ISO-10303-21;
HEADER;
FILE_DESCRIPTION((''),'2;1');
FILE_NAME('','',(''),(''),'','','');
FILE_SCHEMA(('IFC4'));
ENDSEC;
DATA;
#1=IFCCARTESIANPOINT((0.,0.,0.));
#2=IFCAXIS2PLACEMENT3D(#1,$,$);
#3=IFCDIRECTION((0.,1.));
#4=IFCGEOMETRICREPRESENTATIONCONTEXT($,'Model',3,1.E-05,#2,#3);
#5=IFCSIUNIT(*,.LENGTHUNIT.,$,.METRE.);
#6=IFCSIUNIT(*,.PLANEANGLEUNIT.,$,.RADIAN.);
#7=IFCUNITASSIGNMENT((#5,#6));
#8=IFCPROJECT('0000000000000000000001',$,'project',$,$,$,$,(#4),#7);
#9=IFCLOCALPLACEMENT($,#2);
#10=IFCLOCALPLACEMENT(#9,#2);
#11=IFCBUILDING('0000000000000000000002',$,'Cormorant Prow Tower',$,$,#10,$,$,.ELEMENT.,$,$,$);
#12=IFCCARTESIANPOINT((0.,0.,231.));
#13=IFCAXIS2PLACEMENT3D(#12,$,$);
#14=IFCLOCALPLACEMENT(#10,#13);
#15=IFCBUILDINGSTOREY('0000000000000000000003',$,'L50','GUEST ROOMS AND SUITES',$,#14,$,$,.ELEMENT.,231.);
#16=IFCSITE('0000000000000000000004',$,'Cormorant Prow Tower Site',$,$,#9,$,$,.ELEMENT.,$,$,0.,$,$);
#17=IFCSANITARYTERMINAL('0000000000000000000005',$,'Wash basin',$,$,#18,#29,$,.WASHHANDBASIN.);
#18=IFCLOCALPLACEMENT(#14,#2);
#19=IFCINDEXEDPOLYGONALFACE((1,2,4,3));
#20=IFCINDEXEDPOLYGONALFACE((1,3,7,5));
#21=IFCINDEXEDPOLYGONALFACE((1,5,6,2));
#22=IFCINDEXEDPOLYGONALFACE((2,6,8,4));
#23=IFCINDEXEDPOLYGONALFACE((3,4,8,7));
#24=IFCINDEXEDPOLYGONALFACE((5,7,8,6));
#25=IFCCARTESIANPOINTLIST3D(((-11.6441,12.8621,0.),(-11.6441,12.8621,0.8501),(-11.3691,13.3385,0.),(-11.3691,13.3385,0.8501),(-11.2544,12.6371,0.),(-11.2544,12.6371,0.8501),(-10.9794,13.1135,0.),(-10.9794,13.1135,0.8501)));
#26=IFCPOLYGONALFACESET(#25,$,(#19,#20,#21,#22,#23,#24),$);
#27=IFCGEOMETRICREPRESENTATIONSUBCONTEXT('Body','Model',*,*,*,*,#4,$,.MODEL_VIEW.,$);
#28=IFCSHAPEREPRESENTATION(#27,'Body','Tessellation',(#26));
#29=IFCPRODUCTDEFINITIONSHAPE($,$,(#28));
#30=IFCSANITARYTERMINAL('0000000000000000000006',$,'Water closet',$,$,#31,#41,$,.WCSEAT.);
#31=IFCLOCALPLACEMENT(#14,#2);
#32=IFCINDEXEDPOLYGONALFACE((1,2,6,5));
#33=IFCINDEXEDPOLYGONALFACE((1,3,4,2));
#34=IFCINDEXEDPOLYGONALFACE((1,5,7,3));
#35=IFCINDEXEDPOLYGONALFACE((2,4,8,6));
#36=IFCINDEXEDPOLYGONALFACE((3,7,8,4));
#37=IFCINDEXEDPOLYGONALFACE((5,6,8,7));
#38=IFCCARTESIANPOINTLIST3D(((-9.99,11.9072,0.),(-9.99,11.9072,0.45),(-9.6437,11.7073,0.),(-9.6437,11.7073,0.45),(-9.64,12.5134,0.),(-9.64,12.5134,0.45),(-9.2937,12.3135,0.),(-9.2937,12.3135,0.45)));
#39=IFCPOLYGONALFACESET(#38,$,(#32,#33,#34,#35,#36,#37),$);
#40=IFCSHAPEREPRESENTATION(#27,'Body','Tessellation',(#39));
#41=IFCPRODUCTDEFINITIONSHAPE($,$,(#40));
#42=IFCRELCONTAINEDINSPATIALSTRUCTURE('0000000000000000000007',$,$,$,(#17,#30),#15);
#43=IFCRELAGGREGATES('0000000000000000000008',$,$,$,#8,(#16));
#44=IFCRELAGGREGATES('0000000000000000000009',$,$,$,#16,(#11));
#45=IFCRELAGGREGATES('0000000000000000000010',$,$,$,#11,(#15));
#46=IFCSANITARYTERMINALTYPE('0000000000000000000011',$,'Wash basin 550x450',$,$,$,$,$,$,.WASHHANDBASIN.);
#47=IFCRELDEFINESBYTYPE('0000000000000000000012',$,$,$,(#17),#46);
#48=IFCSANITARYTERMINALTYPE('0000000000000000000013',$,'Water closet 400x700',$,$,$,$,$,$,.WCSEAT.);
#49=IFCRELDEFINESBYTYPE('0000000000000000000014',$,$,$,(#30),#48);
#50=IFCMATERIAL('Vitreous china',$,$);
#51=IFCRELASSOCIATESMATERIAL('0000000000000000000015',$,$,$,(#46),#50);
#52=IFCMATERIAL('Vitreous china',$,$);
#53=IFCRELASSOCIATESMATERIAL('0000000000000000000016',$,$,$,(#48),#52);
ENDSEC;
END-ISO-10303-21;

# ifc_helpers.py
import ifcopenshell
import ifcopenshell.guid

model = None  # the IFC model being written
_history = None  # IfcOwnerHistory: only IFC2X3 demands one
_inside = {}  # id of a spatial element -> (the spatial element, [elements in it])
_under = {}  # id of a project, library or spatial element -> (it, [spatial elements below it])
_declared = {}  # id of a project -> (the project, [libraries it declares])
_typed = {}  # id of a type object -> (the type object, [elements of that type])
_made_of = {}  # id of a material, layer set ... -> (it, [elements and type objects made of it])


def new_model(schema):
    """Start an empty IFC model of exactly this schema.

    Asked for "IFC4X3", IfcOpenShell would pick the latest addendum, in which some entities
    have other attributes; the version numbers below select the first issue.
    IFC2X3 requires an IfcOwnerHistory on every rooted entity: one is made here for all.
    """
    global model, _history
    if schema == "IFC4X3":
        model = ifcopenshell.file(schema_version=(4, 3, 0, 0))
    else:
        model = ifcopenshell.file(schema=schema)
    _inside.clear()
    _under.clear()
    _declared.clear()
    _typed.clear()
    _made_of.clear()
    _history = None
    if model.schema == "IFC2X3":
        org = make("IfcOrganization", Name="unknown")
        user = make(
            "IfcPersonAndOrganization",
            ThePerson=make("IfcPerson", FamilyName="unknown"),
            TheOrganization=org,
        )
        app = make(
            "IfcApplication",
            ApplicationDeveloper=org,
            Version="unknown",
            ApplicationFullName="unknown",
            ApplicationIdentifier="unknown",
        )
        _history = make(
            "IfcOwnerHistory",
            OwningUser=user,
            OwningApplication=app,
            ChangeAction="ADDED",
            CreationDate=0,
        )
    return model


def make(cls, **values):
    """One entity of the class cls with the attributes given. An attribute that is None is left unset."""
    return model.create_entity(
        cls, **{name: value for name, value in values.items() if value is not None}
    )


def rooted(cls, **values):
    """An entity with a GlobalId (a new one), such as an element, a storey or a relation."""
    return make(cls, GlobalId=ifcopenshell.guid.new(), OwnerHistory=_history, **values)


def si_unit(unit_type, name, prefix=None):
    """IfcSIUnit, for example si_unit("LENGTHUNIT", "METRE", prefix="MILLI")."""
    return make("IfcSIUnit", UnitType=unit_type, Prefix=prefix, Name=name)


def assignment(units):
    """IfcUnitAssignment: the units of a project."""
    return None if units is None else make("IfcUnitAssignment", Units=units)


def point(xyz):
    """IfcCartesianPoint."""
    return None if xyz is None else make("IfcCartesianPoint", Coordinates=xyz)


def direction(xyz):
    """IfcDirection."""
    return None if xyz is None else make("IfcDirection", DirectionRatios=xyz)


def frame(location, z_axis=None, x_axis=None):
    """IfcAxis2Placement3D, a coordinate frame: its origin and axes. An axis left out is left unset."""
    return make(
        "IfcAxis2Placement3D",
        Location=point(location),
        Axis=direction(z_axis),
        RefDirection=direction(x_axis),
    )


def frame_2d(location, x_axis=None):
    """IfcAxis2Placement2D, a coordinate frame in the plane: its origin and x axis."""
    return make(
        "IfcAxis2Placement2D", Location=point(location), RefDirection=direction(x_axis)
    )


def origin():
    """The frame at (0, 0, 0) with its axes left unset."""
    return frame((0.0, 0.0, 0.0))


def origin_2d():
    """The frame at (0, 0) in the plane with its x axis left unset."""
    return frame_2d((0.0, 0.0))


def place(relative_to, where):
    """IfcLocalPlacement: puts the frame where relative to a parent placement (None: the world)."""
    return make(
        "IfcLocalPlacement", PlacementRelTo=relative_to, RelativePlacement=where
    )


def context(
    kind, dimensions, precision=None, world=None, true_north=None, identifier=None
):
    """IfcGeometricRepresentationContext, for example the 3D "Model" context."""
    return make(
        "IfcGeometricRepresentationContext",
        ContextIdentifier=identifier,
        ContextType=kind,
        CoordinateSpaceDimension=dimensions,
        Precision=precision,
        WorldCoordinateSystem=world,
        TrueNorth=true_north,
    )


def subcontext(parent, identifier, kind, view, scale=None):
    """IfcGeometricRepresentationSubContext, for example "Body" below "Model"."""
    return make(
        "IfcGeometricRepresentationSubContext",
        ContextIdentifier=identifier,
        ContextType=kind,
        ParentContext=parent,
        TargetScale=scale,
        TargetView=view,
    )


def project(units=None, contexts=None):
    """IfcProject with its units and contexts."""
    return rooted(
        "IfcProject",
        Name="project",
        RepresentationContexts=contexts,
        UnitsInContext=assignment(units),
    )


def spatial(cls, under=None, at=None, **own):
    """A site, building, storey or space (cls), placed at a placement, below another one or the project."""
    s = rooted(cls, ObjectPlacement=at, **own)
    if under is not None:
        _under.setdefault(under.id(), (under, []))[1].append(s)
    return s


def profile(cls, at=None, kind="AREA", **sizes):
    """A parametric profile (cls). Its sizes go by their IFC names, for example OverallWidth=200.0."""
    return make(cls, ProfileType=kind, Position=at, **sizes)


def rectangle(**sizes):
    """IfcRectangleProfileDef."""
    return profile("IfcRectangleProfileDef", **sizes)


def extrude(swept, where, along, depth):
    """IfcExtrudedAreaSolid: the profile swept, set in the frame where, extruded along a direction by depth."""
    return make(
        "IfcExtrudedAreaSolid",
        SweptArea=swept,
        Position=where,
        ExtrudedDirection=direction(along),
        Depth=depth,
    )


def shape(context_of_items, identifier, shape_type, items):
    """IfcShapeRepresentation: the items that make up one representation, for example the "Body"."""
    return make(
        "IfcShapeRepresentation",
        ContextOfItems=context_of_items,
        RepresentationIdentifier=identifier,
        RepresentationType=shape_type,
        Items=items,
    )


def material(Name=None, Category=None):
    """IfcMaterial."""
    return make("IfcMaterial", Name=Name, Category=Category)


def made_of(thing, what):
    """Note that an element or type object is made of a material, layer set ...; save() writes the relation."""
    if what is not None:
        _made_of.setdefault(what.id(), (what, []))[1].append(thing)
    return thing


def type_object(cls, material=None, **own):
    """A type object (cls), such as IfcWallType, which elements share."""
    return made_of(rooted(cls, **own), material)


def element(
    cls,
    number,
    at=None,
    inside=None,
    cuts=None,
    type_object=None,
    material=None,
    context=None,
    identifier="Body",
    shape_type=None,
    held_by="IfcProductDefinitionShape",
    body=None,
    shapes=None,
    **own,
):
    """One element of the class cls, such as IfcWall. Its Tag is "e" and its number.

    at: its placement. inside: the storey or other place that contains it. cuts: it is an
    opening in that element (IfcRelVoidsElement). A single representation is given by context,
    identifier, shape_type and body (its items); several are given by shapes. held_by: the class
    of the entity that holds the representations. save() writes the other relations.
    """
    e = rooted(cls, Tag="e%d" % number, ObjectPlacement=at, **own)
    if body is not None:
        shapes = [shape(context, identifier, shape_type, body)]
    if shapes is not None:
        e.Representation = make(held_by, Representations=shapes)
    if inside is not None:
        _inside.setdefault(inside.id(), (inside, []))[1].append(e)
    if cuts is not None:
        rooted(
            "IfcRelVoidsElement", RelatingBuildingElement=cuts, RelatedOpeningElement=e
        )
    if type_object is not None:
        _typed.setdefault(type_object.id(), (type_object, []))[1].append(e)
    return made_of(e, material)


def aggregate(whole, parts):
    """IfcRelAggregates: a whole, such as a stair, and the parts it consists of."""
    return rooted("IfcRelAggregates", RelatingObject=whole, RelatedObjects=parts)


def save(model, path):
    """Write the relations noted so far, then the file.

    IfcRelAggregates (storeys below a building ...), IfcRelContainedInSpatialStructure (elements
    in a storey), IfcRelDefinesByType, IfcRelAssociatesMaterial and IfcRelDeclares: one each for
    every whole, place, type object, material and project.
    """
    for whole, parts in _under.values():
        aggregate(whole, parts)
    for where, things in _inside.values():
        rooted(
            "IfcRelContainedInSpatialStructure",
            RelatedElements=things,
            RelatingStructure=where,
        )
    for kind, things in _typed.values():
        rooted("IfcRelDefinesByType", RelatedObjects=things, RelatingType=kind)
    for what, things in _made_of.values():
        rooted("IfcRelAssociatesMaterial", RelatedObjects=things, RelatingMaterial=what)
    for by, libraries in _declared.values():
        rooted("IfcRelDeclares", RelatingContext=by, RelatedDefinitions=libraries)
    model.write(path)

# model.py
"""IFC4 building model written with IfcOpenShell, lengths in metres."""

from ifc_helpers import new_model, si_unit, direction, frame, origin, origin_2d, place, context, subcontext, project, spatial, rectangle, extrude, material, type_object, element, save


model = new_model("IFC4")

# Units and contexts
model_context = context("Model", 3, precision=1e-05, world=origin(), true_north=direction((0.0, 1.0)))
body_context = subcontext(model_context, "Body", "Model", "MODEL_VIEW")
ifc_project = project(units=[si_unit("LENGTHUNIT", "METRE"), si_unit("PLANEANGLEUNIT", "RADIAN")], contexts=[model_context])

# Site, building, storey
site_placement = place(None, origin())
site = spatial("IfcSite", under=ifc_project, at=site_placement, Name="Cormorant Prow Tower Site", CompositionType="ELEMENT", RefElevation=0.0)
building_placement = place(site_placement, origin())
building = spatial("IfcBuilding", under=site, at=building_placement, Name="Cormorant Prow Tower", CompositionType="ELEMENT")
storey_placement = place(building_placement, frame((0.0, 0.0, 231.0)))
storey = spatial("IfcBuildingStorey", under=building, at=storey_placement, Name="L50", Description="GUEST ROOMS AND SUITES", CompositionType="ELEMENT", Elevation=231.0)

# Sanitary terminals
ifc_material_1 = material(Name="Vitreous china")
sanitary_terminal_type_1 = type_object("IfcSanitaryTerminalType", Name="Wash basin 550x450", PredefinedType="WASHHANDBASIN", material=ifc_material_1)
sanitary_terminal_1_placement = place(storey_placement, frame((-11.3118, 12.9878, 0.0), z_axis=(0.0, 0.0, 1.0), x_axis=(0.5, 0.866025, 0.0)))
element("IfcSanitaryTerminal", 1, at=sanitary_terminal_1_placement, inside=storey, type_object=sanitary_terminal_type_1, Name="Wash basin", PredefinedType="WASHHANDBASIN", context=body_context, shape_type="SweptSolid", body=[
    extrude(rectangle(XDim=0.55, YDim=0.45, at=origin_2d()), origin(), (0.0, 0.0, 1.0), 0.8501),
])
ifc_material_2 = material(Name="Vitreous china")
sanitary_terminal_type_2 = type_object("IfcSanitaryTerminalType", Name="Water closet 400x700", PredefinedType="WCSEAT", material=ifc_material_2)
sanitary_terminal_2_placement = place(storey_placement, frame((-9.6418, 12.1104, 0.0), z_axis=(0.0, 0.0, 1.0), x_axis=(-0.866025, 0.5, 0.0)))
element("IfcSanitaryTerminal", 2, at=sanitary_terminal_2_placement, inside=storey, type_object=sanitary_terminal_type_2, Name="Water closet", PredefinedType="WCSEAT", context=body_context, shape_type="SweptSolid", body=[
    extrude(rectangle(XDim=0.3999, YDim=0.7, at=origin_2d()), origin(), (0.0, 0.0, 1.0), 0.45),
])

save(model, "model.ifc")
